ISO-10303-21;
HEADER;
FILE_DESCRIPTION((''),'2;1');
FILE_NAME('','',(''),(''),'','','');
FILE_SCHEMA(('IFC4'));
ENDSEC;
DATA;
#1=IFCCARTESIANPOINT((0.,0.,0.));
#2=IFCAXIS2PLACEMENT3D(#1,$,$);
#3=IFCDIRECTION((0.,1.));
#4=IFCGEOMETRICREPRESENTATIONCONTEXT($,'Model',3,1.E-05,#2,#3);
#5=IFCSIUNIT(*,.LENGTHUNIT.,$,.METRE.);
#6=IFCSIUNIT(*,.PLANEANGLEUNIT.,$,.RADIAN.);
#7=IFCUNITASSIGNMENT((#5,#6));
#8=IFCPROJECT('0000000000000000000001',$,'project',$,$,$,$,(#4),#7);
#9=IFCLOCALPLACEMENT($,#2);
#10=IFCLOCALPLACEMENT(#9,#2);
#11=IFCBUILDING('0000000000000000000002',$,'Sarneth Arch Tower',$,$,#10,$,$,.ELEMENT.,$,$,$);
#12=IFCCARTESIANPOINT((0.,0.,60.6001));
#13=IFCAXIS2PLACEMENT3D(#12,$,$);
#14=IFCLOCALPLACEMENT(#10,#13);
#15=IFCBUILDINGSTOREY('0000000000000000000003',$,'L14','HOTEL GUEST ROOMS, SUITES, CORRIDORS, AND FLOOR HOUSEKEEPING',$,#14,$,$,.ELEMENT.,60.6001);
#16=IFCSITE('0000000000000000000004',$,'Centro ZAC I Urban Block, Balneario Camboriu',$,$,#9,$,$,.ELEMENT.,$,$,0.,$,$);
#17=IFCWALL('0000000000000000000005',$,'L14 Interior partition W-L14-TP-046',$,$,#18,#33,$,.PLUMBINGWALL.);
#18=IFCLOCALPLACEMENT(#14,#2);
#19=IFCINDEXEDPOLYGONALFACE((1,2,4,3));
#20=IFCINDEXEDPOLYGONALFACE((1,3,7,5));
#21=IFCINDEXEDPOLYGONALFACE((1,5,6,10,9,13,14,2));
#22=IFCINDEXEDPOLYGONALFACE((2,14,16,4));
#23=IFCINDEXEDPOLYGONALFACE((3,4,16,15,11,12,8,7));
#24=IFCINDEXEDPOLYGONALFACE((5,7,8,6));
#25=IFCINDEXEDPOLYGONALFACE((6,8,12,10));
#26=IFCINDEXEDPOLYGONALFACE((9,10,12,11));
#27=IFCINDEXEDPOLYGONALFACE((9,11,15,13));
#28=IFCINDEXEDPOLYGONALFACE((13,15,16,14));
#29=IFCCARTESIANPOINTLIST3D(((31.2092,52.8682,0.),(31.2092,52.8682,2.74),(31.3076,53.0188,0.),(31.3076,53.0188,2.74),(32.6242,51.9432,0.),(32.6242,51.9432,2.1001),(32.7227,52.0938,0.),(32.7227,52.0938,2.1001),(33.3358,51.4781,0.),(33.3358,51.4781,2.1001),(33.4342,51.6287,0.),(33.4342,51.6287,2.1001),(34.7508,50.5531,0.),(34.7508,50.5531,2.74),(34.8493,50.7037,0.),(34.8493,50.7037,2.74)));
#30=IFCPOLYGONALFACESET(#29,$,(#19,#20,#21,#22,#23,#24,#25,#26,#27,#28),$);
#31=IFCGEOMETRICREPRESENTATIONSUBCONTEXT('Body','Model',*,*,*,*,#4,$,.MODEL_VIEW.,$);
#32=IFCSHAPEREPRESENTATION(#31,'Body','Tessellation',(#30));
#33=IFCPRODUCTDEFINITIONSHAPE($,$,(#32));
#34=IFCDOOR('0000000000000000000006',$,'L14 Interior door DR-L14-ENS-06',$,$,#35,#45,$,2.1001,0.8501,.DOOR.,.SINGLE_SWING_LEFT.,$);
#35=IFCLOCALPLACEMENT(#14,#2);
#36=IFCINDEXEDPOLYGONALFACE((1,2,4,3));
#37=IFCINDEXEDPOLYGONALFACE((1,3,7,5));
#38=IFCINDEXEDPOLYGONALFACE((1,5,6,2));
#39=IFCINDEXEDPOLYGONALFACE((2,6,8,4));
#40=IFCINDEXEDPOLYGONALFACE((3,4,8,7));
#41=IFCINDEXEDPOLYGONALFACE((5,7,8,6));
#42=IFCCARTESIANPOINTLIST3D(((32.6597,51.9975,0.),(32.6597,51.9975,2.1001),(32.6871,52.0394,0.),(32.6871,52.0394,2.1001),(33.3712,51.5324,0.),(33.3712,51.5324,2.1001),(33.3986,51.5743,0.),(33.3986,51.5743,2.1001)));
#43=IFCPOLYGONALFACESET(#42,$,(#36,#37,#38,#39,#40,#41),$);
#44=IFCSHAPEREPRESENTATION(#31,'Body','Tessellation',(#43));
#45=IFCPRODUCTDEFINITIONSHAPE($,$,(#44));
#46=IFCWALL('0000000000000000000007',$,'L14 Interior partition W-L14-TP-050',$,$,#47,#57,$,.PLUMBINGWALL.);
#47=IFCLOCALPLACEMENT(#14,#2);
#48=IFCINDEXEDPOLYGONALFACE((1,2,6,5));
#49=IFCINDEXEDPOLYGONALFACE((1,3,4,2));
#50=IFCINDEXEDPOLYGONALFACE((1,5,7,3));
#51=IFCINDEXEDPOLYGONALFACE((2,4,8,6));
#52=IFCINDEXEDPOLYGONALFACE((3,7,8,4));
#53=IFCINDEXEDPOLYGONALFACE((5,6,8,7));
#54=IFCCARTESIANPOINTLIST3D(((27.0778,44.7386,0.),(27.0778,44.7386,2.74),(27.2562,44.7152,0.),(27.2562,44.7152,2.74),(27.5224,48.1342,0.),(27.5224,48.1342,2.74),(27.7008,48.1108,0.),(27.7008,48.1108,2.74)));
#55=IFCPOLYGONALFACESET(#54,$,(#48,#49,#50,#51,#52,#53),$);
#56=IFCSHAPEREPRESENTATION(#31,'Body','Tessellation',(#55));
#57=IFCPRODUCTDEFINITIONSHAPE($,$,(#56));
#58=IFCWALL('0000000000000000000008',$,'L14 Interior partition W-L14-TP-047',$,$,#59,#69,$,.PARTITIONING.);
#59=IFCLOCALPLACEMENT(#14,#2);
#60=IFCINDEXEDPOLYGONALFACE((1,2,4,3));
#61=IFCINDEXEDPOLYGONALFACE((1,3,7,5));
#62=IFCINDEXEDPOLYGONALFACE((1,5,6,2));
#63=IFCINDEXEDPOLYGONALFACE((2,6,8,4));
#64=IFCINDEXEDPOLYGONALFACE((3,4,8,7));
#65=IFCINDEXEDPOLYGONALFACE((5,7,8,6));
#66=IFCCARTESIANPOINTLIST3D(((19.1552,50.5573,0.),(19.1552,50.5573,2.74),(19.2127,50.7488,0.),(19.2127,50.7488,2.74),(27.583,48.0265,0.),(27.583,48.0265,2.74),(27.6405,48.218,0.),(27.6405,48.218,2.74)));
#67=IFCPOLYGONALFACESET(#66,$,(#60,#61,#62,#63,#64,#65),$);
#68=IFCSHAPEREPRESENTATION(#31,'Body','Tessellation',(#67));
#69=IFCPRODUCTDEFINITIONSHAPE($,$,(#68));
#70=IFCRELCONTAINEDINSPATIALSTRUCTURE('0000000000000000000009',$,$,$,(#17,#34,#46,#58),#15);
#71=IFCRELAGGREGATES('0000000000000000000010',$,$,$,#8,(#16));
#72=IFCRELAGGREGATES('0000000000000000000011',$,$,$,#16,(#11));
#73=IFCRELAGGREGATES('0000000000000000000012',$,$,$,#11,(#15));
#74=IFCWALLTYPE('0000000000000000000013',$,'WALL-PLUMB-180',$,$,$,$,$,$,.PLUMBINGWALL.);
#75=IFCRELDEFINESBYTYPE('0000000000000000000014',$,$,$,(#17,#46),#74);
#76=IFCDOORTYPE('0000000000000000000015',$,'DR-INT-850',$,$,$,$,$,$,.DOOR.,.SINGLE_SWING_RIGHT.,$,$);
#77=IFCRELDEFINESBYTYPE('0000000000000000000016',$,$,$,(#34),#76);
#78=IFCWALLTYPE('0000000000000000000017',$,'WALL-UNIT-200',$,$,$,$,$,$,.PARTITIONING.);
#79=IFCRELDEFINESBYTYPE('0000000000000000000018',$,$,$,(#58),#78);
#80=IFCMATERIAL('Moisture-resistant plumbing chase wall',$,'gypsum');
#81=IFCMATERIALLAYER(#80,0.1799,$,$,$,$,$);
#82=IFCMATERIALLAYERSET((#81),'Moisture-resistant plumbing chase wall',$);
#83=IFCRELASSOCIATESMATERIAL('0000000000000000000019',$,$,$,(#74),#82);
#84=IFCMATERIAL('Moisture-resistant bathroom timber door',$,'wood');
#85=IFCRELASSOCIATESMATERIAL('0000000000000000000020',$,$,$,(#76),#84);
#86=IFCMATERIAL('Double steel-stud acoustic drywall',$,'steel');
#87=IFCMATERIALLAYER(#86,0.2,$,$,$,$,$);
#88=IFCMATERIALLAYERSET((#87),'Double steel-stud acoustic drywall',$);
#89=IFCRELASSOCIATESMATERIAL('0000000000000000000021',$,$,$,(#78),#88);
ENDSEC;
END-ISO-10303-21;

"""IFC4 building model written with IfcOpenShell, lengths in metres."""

from ifc_helpers import new_model, si_unit, direction, frame, frame_2d, origin, place, context, subcontext, project, spatial, rectangle, extrude, material, layer, layer_set, type_object, element, fill, save


model = new_model("IFC4")

# Units and contexts
model_context = context("Model", 3, precision=1e-05, world=origin(), true_north=direction((0.0, 1.0)))
body_context = subcontext(model_context, "Body", "Model", "MODEL_VIEW")
ifc_project = project(units=[si_unit("LENGTHUNIT", "METRE"), si_unit("PLANEANGLEUNIT", "RADIAN")], contexts=[model_context])

# Site, building, storey
site_placement = place(None, origin())
site = spatial("IfcSite", under=ifc_project, at=site_placement, Name="Centro ZAC I Urban Block, Balneario Camboriu", CompositionType="ELEMENT", RefElevation=0.0)
building_placement = place(site_placement, origin())
building = spatial("IfcBuilding", under=site, at=building_placement, Name="Sarneth Arch Tower", CompositionType="ELEMENT")
storey_placement = place(building_placement, frame((0.0, 0.0, 60.6001)))
storey = spatial("IfcBuildingStorey", under=building, at=storey_placement, Name="L14", Description="HOTEL GUEST ROOMS, SUITES, CORRIDORS, AND FLOOR HOUSEKEEPING", CompositionType="ELEMENT", Elevation=60.6001)

# Shared definitions
ifc_material_1 = material(Name="Moisture-resistant plumbing chase wall", Category="gypsum")
ifc_layer_1 = layer(ifc_material_1, 0.1799)
ifc_layer_set_1 = layer_set([ifc_layer_1], Name="Moisture-resistant plumbing chase wall")
wall_type_1 = type_object("IfcWallType", Name="WALL-PLUMB-180", PredefinedType="PLUMBINGWALL", material=ifc_layer_set_1)

# Wall, opening, door
wall_1_placement = place(storey_placement, frame((31.2583, 52.9436, 0.0), z_axis=(0.0, 0.0, 1.0), x_axis=(0.837032, -0.547155, 0.0)))
wall_1 = element("IfcWall", 1, at=wall_1_placement, inside=storey, type_object=wall_type_1, Name="L14 Interior partition W-L14-TP-046", PredefinedType="PLUMBINGWALL", context=body_context, shape_type="SweptSolid", body=[
    extrude(rectangle(XDim=4.2312, YDim=0.1799, at=frame_2d((2.1157, 0.0))), origin(), (0.0, 0.0, 1.0), 2.74),
])
opening_1_placement = place(wall_1_placement, frame((1.6907, 0.0, 0.0)))
opening_1 = element("IfcOpeningElement", 2, at=opening_1_placement, cuts=wall_1, PredefinedType="OPENING", context=body_context, shape_type="SweptSolid", body=[
    extrude(rectangle(XDim=0.8501, YDim=2.1001, at=frame_2d((0.425, 1.05))), frame((0.0, 0.0999, 0.0), z_axis=(0.0, -1.0, 0.0), x_axis=(1.0, 0.0, 0.0)), (0.0, 0.0, 1.0), 0.2),
])
ifc_material_2 = material(Name="Moisture-resistant bathroom timber door", Category="wood")
door_type_1 = type_object("IfcDoorType", Name="DR-INT-850", OperationType="SINGLE_SWING_RIGHT", PredefinedType="DOOR", material=ifc_material_2)
door_1_placement = place(opening_1_placement, origin())
door_1 = element("IfcDoor", 3, at=door_1_placement, inside=storey, type_object=door_type_1, Name="L14 Interior door DR-L14-ENS-06", OperationType="SINGLE_SWING_LEFT", OverallHeight=2.1001, OverallWidth=0.8501, PredefinedType="DOOR", context=body_context, shape_type="SweptSolid", body=[
    extrude(rectangle(XDim=0.8501, YDim=2.1001, at=frame_2d((0.425, 1.05))), frame((0.0, 0.0249, 0.0), z_axis=(0.0, -1.0, 0.0), x_axis=(1.0, 0.0, 0.0)), (0.0, 0.0, 1.0), 0.05),
])
fill(opening_1, door_1)

# Walls
wall_2_placement = place(storey_placement, frame((27.167, 44.7268, 0.0), z_axis=(0.0, 0.0, 1.0), x_axis=(0.129824, 0.991537, 0.0)))
element("IfcWall", 4, at=wall_2_placement, inside=storey, type_object=wall_type_1, Name="L14 Interior partition W-L14-TP-050", PredefinedType="PLUMBINGWALL", context=body_context, shape_type="SweptSolid", body=[
    extrude(rectangle(XDim=3.4246, YDim=0.1799, at=frame_2d((1.7124, 0.0))), origin(), (0.0, 0.0, 1.0), 2.74),
])
ifc_material_3 = material(Name="Double steel-stud acoustic drywall", Category="steel")
ifc_layer_2 = layer(ifc_material_3, 0.2)
ifc_layer_set_2 = layer_set([ifc_layer_2], Name="Double steel-stud acoustic drywall")
wall_type_2 = type_object("IfcWallType", Name="WALL-UNIT-200", PredefinedType="PARTITIONING", material=ifc_layer_set_2)
wall_3_placement = place(storey_placement, frame((19.1838, 50.6531, 0.0), z_axis=(0.0, 0.0, 1.0), x_axis=(0.95775, -0.287602, 0.0)))
element("IfcWall", 5, at=wall_3_placement, inside=storey, type_object=wall_type_2, Name="L14 Interior partition W-L14-TP-047", PredefinedType="PARTITIONING", context=body_context, shape_type="SweptSolid", body=[
    extrude(rectangle(XDim=8.7996, YDim=0.2, at=frame_2d((4.3999, 0.0))), origin(), (0.0, 0.0, 1.0), 2.74),
])

save(model, "model.ifc")
